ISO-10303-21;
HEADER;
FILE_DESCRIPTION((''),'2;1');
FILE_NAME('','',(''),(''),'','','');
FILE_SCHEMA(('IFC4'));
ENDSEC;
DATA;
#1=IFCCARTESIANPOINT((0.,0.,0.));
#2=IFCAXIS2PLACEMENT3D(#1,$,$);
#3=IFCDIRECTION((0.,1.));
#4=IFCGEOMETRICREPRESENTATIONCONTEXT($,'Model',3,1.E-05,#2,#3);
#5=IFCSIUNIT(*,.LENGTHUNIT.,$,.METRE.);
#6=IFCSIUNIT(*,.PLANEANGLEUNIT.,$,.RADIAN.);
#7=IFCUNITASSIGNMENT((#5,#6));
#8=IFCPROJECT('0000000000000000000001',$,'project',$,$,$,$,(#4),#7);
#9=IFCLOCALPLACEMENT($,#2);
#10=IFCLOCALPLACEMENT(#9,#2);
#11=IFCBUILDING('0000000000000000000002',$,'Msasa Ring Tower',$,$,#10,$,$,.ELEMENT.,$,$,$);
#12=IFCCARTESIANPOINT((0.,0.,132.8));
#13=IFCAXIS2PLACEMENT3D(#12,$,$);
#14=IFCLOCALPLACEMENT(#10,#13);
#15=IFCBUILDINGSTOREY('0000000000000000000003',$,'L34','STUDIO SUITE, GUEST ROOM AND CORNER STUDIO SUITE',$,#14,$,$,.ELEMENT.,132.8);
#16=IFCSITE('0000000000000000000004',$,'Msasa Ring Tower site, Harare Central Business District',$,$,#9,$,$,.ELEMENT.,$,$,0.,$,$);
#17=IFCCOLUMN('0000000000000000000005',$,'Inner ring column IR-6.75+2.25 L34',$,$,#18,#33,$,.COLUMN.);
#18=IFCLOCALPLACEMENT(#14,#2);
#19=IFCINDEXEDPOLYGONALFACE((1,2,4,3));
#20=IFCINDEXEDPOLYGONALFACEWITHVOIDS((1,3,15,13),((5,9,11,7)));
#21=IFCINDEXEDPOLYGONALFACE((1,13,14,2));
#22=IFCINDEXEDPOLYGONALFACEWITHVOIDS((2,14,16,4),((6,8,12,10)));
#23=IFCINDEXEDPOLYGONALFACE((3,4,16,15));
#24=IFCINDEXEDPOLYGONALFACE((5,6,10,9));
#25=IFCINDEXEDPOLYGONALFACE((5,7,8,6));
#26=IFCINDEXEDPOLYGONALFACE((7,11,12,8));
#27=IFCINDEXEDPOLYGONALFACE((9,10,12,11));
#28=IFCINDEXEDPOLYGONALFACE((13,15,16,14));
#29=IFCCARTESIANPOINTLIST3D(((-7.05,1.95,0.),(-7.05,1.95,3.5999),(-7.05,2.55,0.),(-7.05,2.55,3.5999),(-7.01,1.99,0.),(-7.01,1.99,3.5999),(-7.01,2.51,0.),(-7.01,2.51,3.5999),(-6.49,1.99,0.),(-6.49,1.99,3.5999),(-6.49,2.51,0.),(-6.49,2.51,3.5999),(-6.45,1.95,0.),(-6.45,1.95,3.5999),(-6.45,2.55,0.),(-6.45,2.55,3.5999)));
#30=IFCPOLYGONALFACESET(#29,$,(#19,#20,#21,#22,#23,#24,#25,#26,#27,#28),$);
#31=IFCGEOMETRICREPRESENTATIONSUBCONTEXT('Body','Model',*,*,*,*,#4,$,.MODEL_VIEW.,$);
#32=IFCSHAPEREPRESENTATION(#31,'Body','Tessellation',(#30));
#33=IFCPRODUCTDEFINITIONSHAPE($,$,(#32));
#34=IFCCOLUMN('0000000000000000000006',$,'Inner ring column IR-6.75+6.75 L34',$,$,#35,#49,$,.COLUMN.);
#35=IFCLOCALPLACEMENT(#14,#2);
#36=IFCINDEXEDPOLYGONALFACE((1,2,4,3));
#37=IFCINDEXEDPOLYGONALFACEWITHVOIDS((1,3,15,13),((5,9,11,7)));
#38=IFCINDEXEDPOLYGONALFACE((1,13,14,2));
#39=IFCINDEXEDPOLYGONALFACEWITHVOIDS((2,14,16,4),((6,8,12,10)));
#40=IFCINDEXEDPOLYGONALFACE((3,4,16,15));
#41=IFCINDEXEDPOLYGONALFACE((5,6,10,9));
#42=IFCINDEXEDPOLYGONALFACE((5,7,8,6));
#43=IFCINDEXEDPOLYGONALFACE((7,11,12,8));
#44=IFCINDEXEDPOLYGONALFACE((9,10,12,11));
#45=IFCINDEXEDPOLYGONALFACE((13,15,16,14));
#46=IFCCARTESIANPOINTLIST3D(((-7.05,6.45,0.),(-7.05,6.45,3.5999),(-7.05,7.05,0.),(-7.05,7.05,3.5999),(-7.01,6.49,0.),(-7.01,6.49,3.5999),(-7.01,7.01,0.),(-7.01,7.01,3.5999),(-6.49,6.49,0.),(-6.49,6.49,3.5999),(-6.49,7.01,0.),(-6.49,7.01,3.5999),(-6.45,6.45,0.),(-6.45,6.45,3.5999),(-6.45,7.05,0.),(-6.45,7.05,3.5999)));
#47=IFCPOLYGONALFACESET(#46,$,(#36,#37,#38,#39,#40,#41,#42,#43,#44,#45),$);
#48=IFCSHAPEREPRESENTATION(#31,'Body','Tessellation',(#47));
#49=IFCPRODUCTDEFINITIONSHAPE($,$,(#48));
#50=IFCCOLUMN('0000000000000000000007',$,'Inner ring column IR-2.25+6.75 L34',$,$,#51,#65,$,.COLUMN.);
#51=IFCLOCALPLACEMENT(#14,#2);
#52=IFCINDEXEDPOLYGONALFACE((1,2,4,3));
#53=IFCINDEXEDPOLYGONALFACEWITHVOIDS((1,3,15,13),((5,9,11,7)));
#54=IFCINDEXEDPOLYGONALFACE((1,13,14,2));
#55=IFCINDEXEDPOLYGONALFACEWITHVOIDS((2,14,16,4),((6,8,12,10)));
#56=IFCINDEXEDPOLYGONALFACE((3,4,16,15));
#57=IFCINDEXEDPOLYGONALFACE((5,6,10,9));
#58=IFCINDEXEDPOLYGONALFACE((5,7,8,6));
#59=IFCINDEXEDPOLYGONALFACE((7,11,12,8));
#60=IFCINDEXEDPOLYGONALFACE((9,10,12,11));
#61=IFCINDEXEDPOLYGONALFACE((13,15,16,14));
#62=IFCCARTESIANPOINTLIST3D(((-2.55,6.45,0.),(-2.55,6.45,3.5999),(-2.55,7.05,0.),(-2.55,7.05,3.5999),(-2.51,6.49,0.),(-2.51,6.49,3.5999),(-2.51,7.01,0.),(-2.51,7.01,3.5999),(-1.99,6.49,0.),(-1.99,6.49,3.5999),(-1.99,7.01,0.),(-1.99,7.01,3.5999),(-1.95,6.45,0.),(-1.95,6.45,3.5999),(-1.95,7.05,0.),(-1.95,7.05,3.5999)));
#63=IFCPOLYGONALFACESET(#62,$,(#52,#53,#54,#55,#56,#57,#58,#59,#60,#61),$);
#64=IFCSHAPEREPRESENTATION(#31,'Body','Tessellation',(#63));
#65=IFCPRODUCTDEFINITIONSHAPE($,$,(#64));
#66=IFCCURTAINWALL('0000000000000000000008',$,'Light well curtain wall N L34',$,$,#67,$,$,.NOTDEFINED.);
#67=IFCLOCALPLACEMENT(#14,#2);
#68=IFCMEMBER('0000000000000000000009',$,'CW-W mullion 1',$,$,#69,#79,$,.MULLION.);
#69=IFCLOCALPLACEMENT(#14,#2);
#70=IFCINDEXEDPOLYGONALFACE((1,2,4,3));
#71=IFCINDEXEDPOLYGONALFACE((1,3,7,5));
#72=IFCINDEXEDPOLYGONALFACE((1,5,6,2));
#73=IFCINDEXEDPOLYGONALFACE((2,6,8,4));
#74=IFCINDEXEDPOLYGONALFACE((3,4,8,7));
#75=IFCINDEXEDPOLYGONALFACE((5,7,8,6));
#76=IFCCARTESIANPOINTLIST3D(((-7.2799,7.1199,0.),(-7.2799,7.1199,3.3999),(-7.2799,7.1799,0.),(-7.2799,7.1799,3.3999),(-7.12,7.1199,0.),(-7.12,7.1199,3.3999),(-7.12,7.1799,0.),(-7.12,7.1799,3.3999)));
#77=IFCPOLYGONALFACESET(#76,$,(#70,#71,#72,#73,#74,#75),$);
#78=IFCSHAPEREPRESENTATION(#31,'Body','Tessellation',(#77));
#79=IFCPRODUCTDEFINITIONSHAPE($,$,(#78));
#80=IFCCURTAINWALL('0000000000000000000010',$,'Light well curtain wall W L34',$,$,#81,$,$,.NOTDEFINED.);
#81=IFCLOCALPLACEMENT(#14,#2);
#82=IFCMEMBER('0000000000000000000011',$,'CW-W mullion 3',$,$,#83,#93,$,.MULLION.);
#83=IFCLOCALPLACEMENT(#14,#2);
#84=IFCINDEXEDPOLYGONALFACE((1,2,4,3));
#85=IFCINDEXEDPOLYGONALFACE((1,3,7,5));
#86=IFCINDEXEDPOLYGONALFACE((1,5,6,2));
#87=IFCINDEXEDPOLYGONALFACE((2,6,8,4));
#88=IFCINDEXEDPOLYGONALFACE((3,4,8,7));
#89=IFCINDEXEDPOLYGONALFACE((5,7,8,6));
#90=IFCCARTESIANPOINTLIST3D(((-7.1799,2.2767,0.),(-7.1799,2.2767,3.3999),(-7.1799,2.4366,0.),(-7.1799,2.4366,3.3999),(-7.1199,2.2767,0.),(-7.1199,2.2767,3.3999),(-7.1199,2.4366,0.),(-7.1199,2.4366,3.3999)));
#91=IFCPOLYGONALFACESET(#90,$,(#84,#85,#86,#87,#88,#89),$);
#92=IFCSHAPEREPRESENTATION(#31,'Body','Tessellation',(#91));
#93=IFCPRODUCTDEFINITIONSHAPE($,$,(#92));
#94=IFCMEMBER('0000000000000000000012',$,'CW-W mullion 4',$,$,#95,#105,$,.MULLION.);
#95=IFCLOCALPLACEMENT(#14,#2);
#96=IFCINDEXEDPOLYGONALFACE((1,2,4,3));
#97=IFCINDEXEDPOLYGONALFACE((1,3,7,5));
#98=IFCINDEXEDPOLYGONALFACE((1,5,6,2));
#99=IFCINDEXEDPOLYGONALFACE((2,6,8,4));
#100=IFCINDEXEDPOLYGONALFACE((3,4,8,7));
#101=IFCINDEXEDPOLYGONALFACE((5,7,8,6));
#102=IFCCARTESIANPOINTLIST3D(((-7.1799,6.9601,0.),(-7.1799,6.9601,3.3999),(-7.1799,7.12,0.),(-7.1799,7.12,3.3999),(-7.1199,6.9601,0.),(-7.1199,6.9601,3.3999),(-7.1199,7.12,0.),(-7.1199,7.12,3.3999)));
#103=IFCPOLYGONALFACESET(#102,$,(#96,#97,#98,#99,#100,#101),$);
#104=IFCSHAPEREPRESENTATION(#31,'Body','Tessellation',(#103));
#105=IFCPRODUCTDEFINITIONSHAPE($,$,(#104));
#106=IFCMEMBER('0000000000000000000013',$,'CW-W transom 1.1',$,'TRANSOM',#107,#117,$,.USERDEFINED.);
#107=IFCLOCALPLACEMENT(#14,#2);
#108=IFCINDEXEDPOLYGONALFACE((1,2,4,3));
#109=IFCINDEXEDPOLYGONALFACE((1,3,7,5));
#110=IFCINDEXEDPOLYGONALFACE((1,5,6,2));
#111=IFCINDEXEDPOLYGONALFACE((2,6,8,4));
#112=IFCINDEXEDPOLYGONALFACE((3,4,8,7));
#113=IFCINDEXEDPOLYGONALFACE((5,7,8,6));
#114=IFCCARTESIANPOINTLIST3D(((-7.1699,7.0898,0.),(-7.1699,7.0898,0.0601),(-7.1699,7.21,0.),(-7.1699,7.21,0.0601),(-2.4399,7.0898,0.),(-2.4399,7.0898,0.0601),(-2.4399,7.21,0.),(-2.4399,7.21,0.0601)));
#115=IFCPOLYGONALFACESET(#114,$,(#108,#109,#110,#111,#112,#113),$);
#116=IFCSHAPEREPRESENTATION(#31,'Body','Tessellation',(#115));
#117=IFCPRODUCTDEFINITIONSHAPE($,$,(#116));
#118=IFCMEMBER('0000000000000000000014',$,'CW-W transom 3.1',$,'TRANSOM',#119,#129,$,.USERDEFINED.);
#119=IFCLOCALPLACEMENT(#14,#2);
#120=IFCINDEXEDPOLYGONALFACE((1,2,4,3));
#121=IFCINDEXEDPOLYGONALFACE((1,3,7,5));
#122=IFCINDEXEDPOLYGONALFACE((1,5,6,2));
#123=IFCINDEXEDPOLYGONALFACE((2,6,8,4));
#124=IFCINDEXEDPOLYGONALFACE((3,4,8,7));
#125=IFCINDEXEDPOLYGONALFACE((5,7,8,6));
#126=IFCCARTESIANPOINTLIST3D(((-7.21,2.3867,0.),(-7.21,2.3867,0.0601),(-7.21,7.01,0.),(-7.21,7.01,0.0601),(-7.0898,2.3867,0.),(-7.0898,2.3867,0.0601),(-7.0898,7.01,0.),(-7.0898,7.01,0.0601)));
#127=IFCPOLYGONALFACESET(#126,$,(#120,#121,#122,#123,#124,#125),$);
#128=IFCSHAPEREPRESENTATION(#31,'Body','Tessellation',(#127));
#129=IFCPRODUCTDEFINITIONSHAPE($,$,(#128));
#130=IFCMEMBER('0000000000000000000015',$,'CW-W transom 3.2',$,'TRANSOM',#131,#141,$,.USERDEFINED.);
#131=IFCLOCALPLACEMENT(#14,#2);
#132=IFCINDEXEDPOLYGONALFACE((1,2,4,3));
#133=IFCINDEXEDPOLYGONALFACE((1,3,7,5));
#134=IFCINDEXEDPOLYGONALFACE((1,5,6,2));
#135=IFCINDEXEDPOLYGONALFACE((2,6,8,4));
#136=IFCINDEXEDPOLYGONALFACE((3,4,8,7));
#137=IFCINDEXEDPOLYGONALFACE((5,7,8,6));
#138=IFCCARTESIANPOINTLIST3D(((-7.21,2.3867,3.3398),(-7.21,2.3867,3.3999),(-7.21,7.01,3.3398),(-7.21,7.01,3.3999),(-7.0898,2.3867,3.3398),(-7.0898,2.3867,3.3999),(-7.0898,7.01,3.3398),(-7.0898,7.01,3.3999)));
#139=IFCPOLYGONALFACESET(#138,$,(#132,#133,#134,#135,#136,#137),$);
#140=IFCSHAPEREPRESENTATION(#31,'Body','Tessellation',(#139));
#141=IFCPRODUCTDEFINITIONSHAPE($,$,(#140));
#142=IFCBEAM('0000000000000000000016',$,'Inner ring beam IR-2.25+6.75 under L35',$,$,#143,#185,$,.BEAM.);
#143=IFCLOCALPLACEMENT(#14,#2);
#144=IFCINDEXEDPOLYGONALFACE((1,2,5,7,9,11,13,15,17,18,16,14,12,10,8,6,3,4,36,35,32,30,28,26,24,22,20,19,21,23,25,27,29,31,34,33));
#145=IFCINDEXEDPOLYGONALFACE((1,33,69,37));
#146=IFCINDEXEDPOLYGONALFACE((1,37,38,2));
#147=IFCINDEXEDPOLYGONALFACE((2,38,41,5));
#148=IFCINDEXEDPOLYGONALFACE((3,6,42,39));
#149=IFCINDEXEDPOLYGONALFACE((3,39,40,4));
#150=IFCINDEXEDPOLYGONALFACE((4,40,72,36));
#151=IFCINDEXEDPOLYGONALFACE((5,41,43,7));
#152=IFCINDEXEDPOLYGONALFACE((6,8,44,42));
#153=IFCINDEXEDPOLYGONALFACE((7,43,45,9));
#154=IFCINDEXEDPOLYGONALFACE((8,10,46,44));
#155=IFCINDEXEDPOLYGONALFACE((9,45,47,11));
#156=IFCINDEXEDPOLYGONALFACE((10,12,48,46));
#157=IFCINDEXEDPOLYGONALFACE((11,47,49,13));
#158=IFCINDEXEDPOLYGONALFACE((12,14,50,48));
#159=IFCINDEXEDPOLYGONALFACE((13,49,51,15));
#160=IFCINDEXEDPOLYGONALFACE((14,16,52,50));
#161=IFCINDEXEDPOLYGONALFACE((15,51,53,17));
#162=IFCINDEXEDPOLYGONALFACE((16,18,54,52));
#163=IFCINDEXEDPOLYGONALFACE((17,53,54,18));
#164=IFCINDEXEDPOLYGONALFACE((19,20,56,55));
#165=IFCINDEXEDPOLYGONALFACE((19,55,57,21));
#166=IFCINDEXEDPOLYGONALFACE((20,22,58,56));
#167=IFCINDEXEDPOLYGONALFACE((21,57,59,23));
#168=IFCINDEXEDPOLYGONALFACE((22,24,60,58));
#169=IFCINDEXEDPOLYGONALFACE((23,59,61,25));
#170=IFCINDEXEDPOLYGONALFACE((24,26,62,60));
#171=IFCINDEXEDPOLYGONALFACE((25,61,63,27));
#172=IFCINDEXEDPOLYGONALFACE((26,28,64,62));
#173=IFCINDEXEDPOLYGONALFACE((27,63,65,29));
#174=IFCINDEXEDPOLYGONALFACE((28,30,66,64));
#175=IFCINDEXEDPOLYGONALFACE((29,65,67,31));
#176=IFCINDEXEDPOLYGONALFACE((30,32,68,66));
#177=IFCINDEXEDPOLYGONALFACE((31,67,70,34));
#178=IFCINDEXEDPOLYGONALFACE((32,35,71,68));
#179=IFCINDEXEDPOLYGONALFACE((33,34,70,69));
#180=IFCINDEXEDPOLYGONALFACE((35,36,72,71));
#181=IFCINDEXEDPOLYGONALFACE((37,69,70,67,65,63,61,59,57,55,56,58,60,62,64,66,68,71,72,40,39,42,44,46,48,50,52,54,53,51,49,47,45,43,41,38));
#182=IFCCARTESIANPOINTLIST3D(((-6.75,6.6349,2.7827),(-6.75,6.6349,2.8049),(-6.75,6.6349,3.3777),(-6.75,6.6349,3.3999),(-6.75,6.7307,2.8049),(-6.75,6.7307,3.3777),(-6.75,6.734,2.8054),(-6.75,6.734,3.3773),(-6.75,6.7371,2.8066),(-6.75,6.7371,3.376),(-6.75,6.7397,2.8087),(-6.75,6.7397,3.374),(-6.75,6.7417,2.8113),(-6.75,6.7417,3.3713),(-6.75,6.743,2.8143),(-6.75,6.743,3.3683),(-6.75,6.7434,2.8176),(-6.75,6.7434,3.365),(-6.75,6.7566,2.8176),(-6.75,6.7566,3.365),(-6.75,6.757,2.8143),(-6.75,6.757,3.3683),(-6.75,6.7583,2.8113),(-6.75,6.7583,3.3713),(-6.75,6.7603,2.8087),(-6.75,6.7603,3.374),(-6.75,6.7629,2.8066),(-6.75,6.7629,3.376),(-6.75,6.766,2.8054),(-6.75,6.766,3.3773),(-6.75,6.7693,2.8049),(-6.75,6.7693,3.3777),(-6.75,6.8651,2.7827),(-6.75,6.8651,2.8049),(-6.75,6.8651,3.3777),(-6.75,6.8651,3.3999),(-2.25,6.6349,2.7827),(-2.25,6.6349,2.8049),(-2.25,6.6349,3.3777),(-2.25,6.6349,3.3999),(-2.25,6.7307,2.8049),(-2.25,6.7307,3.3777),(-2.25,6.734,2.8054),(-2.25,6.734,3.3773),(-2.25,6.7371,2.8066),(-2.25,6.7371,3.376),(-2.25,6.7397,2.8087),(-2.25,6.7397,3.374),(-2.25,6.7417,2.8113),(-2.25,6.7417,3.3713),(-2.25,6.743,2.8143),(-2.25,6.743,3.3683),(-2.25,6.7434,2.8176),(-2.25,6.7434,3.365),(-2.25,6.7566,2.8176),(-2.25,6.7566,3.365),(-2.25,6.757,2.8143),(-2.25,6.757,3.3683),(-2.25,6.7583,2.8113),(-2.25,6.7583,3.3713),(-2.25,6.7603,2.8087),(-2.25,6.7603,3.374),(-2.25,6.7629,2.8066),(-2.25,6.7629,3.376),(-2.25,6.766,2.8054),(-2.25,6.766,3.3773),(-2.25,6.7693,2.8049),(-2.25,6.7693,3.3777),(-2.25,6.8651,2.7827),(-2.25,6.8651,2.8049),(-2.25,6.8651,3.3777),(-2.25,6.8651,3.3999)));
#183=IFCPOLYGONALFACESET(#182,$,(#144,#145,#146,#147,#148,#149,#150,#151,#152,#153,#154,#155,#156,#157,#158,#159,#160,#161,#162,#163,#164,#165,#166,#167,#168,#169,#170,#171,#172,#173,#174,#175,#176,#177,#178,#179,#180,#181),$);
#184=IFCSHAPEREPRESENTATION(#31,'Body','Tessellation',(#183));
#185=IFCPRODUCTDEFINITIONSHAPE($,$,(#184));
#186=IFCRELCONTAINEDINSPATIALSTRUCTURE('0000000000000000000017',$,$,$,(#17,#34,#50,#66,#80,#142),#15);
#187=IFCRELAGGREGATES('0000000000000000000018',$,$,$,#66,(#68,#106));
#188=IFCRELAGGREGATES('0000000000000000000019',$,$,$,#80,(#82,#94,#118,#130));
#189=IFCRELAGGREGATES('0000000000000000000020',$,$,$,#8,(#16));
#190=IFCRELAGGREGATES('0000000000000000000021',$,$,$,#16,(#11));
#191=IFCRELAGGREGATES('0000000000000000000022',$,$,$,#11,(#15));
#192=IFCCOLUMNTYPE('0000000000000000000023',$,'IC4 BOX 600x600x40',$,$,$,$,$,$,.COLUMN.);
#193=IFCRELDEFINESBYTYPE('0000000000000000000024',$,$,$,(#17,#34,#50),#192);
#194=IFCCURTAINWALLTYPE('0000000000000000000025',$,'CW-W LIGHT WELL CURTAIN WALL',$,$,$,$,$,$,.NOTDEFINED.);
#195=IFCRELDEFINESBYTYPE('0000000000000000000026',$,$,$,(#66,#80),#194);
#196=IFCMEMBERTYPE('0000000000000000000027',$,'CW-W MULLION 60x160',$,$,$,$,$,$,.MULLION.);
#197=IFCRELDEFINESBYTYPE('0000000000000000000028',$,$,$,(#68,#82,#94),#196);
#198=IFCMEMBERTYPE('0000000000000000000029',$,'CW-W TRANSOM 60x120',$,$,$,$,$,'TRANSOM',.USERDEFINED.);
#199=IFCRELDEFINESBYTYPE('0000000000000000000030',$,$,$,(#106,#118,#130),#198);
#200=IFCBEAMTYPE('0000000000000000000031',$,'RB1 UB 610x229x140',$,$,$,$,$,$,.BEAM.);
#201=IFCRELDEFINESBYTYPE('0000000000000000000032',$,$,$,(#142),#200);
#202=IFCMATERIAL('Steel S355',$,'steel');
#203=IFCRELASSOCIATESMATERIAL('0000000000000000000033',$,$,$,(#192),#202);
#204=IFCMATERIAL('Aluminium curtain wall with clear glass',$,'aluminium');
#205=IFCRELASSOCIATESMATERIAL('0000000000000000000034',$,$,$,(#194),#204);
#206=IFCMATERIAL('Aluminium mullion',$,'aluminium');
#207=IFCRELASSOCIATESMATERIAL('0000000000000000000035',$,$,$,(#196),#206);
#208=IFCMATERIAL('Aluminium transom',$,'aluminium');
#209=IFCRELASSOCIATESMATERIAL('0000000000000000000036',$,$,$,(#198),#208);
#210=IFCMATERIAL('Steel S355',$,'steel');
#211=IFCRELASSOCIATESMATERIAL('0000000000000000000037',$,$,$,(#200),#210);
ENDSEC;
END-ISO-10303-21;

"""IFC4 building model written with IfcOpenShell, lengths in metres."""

from ifc_helpers import new_model, si_unit, direction, frame, origin, origin_2d, place, context, subcontext, project, spatial, rectangle, hollow_rectangle, i_section, extrude, material, material_profile, profile_set, type_object, element, aggregate, save


model = new_model("IFC4")

# Units and contexts
model_context = context("Model", 3, precision=1e-05, world=origin(), true_north=direction((0.0, 1.0)))
body_context = subcontext(model_context, "Body", "Model", "MODEL_VIEW")
ifc_project = project(units=[si_unit("LENGTHUNIT", "METRE"), si_unit("PLANEANGLEUNIT", "RADIAN")], contexts=[model_context])

# Site, building, storey
site_placement = place(None, origin())
site = spatial("IfcSite", under=ifc_project, at=site_placement, Name="Msasa Ring Tower site, Harare Central Business District", CompositionType="ELEMENT", RefElevation=0.0)
building_placement = place(site_placement, origin())
building = spatial("IfcBuilding", under=site, at=building_placement, Name="Msasa Ring Tower", CompositionType="ELEMENT")
storey_placement = place(building_placement, frame((0.0, 0.0, 132.8)))
storey = spatial("IfcBuildingStorey", under=building, at=storey_placement, Name="L34", Description="STUDIO SUITE, GUEST ROOM AND CORNER STUDIO SUITE", CompositionType="ELEMENT", Elevation=132.8)

# Columns
ifc_material_1 = material(Name="Steel S355", Category="steel")
ifc_material_profile_1 = material_profile(ifc_material_1, hollow_rectangle(XDim=0.6001, YDim=0.6001, WallThickness=0.04, at=origin_2d()), Name="BOX 600x600x40")
ifc_profile_set_1 = profile_set([ifc_material_profile_1], Name="Steel S355")
column_type = type_object("IfcColumnType", Name="IC4 BOX 600x600x40", PredefinedType="COLUMN", material=ifc_profile_set_1)
for number, where, z_axis, x_axis, name in (
    (1, (-6.75, 2.25, 0.0), (0.0, 0.0, 1.0), (1.0, 0.0, 0.0), "Inner ring column IR-6.75+2.25 L34"),
    (2, (-6.75, 6.75, 0.0), (0.0, 0.0, 1.0), (1.0, 0.0, 0.0), "Inner ring column IR-6.75+6.75 L34"),
    (3, (-2.25, 6.75, 0.0), (0.0, 0.0, 1.0), (1.0, 0.0, 0.0), "Inner ring column IR-2.25+6.75 L34"),
):
    element("IfcColumn", number, at=place(storey_placement, frame(where, z_axis=z_axis, x_axis=x_axis)), inside=storey, type_object=column_type, Name=name, PredefinedType="COLUMN", context=body_context, shape_type="SweptSolid", body=[
        extrude(hollow_rectangle(XDim=0.6001, YDim=0.6001, WallThickness=0.04, at=origin_2d()), origin(), (0.0, 0.0, 1.0), 3.5999),
    ])

# Curtain wall, member
ifc_material_2 = material(Name="Aluminium curtain wall with clear glass", Category="aluminium")
curtain_wall_type = type_object("IfcCurtainWallType", Name="CW-W LIGHT WELL CURTAIN WALL", PredefinedType="NOTDEFINED", material=ifc_material_2)
curtain_wall_1_placement = place(storey_placement, origin())
curtain_wall_1 = element("IfcCurtainWall", 4, at=curtain_wall_1_placement, inside=storey, type_object=curtain_wall_type, Name="Light well curtain wall N L34", PredefinedType="NOTDEFINED")
ifc_material_3 = material(Name="Aluminium mullion", Category="aluminium")
ifc_material_profile_2 = material_profile(ifc_material_3, rectangle(XDim=0.0601, YDim=0.1599, at=origin_2d()), Name="AL 60x160")
ifc_profile_set_2 = profile_set([ifc_material_profile_2], Name="Aluminium mullion")
member_type_1 = type_object("IfcMemberType", Name="CW-W MULLION 60x160", PredefinedType="MULLION", material=ifc_profile_set_2)
member_1_placement = place(storey_placement, frame((-7.2, 7.1499, 0.0), z_axis=(0.0, 0.0, 1.0), x_axis=(0.0, 1.0, 0.0)))
member_1 = element("IfcMember", 5, at=member_1_placement, type_object=member_type_1, Name="CW-W mullion 1", PredefinedType="MULLION", context=body_context, shape_type="SweptSolid", body=[
    extrude(rectangle(XDim=0.0601, YDim=0.1599, at=origin_2d()), origin(), (0.0, 0.0, 1.0), 3.3999),
])

# Curtain wall, members
curtain_wall_2_placement = place(storey_placement, origin())
curtain_wall_2 = element("IfcCurtainWall", 6, at=curtain_wall_2_placement, inside=storey, type_object=curtain_wall_type, Name="Light well curtain wall W L34", PredefinedType="NOTDEFINED")
member_2_placement = place(storey_placement, frame((-7.1499, 2.3567, 0.0), z_axis=(0.0, 0.0, 1.0), x_axis=(-1.0, 0.0, 0.0)))
member_2 = element("IfcMember", 7, at=member_2_placement, type_object=member_type_1, Name="CW-W mullion 3", PredefinedType="MULLION", context=body_context, shape_type="SweptSolid", body=[
    extrude(rectangle(XDim=0.0601, YDim=0.1599, at=origin_2d()), origin(), (0.0, 0.0, 1.0), 3.3999),
])
member_3_placement = place(storey_placement, frame((-7.1499, 7.04, 0.0), z_axis=(0.0, 0.0, 1.0), x_axis=(-1.0, 0.0, 0.0)))
member_3 = element("IfcMember", 8, at=member_3_placement, type_object=member_type_1, Name="CW-W mullion 4", PredefinedType="MULLION", context=body_context, shape_type="SweptSolid", body=[
    extrude(rectangle(XDim=0.0601, YDim=0.1599, at=origin_2d()), origin(), (0.0, 0.0, 1.0), 3.3999),
])

# Members
ifc_material_4 = material(Name="Aluminium transom", Category="aluminium")
ifc_material_profile_3 = material_profile(ifc_material_4, rectangle(XDim=0.1201, YDim=0.0601, at=origin_2d()), Name="AL 60x120")
ifc_profile_set_3 = profile_set([ifc_material_profile_3], Name="Aluminium transom")
member_type_2 = type_object("IfcMemberType", Name="CW-W TRANSOM 60x120", ElementType="TRANSOM", PredefinedType="USERDEFINED", material=ifc_profile_set_3)
member_4_placement = place(storey_placement, frame((-7.1699, 7.1499, 0.03), z_axis=(1.0, 0.0, 0.0), x_axis=(0.0, 1.0, 0.0)))
member_4 = element("IfcMember", 9, at=member_4_placement, type_object=member_type_2, Name="CW-W transom 1.1", ObjectType="TRANSOM", PredefinedType="USERDEFINED", context=body_context, shape_type="SweptSolid", body=[
    extrude(rectangle(XDim=0.1201, YDim=0.0601, at=origin_2d()), origin(), (0.0, 0.0, 1.0), 4.73),
])
aggregate(curtain_wall_1, [member_1, member_4])
member_5_placement = place(storey_placement, frame((-7.1499, 2.3867, 0.03), z_axis=(0.0, 1.0, 0.0), x_axis=(-1.0, 0.0, 0.0)))
member_5 = element("IfcMember", 10, at=member_5_placement, type_object=member_type_2, Name="CW-W transom 3.1", ObjectType="TRANSOM", PredefinedType="USERDEFINED", context=body_context, shape_type="SweptSolid", body=[
    extrude(rectangle(XDim=0.1201, YDim=0.0601, at=origin_2d()), origin(), (0.0, 0.0, 1.0), 4.6233),
])
member_6_placement = place(storey_placement, frame((-7.1499, 2.3867, 3.3699), z_axis=(0.0, 1.0, 0.0), x_axis=(-1.0, 0.0, 0.0)))
member_6 = element("IfcMember", 11, at=member_6_placement, type_object=member_type_2, Name="CW-W transom 3.2", ObjectType="TRANSOM", PredefinedType="USERDEFINED", context=body_context, shape_type="SweptSolid", body=[
    extrude(rectangle(XDim=0.1201, YDim=0.0601, at=origin_2d()), origin(), (0.0, 0.0, 1.0), 4.6233),
])

# Beam
ifc_material_5 = material(Name="Steel S355", Category="steel")
ifc_material_profile_4 = material_profile(ifc_material_5, i_section(OverallWidth=0.2302, OverallDepth=0.6172, WebThickness=0.0132, FlangeThickness=0.0222, FilletRadius=0.0127, at=origin_2d()), Name="UB 610x229x140")
ifc_profile_set_4 = profile_set([ifc_material_profile_4], Name="Steel S355")
beam_type = type_object("IfcBeamType", Name="RB1 UB 610x229x140", PredefinedType="BEAM", material=ifc_profile_set_4)
for number, where, z_axis, x_axis, name in (
    (12, (-2.25, 6.75, 3.0913), (-1.0, 0.0, 0.0), (0.0, -1.0, 0.0), "Inner ring beam IR-2.25+6.75 under L35"),
):
    element("IfcBeam", number, at=place(storey_placement, frame(where, z_axis=z_axis, x_axis=x_axis)), inside=storey, type_object=beam_type, Name=name, PredefinedType="BEAM", context=body_context, shape_type="SweptSolid", body=[
        extrude(i_section(OverallWidth=0.2302, OverallDepth=0.6172, WebThickness=0.0132, FlangeThickness=0.0222, FilletRadius=0.0127, at=origin_2d()), origin(), (0.0, 0.0, 1.0), 4.5),
    ])

aggregate(curtain_wall_2, [member_2, member_3, member_5, member_6])

save(model, "model.ifc")
